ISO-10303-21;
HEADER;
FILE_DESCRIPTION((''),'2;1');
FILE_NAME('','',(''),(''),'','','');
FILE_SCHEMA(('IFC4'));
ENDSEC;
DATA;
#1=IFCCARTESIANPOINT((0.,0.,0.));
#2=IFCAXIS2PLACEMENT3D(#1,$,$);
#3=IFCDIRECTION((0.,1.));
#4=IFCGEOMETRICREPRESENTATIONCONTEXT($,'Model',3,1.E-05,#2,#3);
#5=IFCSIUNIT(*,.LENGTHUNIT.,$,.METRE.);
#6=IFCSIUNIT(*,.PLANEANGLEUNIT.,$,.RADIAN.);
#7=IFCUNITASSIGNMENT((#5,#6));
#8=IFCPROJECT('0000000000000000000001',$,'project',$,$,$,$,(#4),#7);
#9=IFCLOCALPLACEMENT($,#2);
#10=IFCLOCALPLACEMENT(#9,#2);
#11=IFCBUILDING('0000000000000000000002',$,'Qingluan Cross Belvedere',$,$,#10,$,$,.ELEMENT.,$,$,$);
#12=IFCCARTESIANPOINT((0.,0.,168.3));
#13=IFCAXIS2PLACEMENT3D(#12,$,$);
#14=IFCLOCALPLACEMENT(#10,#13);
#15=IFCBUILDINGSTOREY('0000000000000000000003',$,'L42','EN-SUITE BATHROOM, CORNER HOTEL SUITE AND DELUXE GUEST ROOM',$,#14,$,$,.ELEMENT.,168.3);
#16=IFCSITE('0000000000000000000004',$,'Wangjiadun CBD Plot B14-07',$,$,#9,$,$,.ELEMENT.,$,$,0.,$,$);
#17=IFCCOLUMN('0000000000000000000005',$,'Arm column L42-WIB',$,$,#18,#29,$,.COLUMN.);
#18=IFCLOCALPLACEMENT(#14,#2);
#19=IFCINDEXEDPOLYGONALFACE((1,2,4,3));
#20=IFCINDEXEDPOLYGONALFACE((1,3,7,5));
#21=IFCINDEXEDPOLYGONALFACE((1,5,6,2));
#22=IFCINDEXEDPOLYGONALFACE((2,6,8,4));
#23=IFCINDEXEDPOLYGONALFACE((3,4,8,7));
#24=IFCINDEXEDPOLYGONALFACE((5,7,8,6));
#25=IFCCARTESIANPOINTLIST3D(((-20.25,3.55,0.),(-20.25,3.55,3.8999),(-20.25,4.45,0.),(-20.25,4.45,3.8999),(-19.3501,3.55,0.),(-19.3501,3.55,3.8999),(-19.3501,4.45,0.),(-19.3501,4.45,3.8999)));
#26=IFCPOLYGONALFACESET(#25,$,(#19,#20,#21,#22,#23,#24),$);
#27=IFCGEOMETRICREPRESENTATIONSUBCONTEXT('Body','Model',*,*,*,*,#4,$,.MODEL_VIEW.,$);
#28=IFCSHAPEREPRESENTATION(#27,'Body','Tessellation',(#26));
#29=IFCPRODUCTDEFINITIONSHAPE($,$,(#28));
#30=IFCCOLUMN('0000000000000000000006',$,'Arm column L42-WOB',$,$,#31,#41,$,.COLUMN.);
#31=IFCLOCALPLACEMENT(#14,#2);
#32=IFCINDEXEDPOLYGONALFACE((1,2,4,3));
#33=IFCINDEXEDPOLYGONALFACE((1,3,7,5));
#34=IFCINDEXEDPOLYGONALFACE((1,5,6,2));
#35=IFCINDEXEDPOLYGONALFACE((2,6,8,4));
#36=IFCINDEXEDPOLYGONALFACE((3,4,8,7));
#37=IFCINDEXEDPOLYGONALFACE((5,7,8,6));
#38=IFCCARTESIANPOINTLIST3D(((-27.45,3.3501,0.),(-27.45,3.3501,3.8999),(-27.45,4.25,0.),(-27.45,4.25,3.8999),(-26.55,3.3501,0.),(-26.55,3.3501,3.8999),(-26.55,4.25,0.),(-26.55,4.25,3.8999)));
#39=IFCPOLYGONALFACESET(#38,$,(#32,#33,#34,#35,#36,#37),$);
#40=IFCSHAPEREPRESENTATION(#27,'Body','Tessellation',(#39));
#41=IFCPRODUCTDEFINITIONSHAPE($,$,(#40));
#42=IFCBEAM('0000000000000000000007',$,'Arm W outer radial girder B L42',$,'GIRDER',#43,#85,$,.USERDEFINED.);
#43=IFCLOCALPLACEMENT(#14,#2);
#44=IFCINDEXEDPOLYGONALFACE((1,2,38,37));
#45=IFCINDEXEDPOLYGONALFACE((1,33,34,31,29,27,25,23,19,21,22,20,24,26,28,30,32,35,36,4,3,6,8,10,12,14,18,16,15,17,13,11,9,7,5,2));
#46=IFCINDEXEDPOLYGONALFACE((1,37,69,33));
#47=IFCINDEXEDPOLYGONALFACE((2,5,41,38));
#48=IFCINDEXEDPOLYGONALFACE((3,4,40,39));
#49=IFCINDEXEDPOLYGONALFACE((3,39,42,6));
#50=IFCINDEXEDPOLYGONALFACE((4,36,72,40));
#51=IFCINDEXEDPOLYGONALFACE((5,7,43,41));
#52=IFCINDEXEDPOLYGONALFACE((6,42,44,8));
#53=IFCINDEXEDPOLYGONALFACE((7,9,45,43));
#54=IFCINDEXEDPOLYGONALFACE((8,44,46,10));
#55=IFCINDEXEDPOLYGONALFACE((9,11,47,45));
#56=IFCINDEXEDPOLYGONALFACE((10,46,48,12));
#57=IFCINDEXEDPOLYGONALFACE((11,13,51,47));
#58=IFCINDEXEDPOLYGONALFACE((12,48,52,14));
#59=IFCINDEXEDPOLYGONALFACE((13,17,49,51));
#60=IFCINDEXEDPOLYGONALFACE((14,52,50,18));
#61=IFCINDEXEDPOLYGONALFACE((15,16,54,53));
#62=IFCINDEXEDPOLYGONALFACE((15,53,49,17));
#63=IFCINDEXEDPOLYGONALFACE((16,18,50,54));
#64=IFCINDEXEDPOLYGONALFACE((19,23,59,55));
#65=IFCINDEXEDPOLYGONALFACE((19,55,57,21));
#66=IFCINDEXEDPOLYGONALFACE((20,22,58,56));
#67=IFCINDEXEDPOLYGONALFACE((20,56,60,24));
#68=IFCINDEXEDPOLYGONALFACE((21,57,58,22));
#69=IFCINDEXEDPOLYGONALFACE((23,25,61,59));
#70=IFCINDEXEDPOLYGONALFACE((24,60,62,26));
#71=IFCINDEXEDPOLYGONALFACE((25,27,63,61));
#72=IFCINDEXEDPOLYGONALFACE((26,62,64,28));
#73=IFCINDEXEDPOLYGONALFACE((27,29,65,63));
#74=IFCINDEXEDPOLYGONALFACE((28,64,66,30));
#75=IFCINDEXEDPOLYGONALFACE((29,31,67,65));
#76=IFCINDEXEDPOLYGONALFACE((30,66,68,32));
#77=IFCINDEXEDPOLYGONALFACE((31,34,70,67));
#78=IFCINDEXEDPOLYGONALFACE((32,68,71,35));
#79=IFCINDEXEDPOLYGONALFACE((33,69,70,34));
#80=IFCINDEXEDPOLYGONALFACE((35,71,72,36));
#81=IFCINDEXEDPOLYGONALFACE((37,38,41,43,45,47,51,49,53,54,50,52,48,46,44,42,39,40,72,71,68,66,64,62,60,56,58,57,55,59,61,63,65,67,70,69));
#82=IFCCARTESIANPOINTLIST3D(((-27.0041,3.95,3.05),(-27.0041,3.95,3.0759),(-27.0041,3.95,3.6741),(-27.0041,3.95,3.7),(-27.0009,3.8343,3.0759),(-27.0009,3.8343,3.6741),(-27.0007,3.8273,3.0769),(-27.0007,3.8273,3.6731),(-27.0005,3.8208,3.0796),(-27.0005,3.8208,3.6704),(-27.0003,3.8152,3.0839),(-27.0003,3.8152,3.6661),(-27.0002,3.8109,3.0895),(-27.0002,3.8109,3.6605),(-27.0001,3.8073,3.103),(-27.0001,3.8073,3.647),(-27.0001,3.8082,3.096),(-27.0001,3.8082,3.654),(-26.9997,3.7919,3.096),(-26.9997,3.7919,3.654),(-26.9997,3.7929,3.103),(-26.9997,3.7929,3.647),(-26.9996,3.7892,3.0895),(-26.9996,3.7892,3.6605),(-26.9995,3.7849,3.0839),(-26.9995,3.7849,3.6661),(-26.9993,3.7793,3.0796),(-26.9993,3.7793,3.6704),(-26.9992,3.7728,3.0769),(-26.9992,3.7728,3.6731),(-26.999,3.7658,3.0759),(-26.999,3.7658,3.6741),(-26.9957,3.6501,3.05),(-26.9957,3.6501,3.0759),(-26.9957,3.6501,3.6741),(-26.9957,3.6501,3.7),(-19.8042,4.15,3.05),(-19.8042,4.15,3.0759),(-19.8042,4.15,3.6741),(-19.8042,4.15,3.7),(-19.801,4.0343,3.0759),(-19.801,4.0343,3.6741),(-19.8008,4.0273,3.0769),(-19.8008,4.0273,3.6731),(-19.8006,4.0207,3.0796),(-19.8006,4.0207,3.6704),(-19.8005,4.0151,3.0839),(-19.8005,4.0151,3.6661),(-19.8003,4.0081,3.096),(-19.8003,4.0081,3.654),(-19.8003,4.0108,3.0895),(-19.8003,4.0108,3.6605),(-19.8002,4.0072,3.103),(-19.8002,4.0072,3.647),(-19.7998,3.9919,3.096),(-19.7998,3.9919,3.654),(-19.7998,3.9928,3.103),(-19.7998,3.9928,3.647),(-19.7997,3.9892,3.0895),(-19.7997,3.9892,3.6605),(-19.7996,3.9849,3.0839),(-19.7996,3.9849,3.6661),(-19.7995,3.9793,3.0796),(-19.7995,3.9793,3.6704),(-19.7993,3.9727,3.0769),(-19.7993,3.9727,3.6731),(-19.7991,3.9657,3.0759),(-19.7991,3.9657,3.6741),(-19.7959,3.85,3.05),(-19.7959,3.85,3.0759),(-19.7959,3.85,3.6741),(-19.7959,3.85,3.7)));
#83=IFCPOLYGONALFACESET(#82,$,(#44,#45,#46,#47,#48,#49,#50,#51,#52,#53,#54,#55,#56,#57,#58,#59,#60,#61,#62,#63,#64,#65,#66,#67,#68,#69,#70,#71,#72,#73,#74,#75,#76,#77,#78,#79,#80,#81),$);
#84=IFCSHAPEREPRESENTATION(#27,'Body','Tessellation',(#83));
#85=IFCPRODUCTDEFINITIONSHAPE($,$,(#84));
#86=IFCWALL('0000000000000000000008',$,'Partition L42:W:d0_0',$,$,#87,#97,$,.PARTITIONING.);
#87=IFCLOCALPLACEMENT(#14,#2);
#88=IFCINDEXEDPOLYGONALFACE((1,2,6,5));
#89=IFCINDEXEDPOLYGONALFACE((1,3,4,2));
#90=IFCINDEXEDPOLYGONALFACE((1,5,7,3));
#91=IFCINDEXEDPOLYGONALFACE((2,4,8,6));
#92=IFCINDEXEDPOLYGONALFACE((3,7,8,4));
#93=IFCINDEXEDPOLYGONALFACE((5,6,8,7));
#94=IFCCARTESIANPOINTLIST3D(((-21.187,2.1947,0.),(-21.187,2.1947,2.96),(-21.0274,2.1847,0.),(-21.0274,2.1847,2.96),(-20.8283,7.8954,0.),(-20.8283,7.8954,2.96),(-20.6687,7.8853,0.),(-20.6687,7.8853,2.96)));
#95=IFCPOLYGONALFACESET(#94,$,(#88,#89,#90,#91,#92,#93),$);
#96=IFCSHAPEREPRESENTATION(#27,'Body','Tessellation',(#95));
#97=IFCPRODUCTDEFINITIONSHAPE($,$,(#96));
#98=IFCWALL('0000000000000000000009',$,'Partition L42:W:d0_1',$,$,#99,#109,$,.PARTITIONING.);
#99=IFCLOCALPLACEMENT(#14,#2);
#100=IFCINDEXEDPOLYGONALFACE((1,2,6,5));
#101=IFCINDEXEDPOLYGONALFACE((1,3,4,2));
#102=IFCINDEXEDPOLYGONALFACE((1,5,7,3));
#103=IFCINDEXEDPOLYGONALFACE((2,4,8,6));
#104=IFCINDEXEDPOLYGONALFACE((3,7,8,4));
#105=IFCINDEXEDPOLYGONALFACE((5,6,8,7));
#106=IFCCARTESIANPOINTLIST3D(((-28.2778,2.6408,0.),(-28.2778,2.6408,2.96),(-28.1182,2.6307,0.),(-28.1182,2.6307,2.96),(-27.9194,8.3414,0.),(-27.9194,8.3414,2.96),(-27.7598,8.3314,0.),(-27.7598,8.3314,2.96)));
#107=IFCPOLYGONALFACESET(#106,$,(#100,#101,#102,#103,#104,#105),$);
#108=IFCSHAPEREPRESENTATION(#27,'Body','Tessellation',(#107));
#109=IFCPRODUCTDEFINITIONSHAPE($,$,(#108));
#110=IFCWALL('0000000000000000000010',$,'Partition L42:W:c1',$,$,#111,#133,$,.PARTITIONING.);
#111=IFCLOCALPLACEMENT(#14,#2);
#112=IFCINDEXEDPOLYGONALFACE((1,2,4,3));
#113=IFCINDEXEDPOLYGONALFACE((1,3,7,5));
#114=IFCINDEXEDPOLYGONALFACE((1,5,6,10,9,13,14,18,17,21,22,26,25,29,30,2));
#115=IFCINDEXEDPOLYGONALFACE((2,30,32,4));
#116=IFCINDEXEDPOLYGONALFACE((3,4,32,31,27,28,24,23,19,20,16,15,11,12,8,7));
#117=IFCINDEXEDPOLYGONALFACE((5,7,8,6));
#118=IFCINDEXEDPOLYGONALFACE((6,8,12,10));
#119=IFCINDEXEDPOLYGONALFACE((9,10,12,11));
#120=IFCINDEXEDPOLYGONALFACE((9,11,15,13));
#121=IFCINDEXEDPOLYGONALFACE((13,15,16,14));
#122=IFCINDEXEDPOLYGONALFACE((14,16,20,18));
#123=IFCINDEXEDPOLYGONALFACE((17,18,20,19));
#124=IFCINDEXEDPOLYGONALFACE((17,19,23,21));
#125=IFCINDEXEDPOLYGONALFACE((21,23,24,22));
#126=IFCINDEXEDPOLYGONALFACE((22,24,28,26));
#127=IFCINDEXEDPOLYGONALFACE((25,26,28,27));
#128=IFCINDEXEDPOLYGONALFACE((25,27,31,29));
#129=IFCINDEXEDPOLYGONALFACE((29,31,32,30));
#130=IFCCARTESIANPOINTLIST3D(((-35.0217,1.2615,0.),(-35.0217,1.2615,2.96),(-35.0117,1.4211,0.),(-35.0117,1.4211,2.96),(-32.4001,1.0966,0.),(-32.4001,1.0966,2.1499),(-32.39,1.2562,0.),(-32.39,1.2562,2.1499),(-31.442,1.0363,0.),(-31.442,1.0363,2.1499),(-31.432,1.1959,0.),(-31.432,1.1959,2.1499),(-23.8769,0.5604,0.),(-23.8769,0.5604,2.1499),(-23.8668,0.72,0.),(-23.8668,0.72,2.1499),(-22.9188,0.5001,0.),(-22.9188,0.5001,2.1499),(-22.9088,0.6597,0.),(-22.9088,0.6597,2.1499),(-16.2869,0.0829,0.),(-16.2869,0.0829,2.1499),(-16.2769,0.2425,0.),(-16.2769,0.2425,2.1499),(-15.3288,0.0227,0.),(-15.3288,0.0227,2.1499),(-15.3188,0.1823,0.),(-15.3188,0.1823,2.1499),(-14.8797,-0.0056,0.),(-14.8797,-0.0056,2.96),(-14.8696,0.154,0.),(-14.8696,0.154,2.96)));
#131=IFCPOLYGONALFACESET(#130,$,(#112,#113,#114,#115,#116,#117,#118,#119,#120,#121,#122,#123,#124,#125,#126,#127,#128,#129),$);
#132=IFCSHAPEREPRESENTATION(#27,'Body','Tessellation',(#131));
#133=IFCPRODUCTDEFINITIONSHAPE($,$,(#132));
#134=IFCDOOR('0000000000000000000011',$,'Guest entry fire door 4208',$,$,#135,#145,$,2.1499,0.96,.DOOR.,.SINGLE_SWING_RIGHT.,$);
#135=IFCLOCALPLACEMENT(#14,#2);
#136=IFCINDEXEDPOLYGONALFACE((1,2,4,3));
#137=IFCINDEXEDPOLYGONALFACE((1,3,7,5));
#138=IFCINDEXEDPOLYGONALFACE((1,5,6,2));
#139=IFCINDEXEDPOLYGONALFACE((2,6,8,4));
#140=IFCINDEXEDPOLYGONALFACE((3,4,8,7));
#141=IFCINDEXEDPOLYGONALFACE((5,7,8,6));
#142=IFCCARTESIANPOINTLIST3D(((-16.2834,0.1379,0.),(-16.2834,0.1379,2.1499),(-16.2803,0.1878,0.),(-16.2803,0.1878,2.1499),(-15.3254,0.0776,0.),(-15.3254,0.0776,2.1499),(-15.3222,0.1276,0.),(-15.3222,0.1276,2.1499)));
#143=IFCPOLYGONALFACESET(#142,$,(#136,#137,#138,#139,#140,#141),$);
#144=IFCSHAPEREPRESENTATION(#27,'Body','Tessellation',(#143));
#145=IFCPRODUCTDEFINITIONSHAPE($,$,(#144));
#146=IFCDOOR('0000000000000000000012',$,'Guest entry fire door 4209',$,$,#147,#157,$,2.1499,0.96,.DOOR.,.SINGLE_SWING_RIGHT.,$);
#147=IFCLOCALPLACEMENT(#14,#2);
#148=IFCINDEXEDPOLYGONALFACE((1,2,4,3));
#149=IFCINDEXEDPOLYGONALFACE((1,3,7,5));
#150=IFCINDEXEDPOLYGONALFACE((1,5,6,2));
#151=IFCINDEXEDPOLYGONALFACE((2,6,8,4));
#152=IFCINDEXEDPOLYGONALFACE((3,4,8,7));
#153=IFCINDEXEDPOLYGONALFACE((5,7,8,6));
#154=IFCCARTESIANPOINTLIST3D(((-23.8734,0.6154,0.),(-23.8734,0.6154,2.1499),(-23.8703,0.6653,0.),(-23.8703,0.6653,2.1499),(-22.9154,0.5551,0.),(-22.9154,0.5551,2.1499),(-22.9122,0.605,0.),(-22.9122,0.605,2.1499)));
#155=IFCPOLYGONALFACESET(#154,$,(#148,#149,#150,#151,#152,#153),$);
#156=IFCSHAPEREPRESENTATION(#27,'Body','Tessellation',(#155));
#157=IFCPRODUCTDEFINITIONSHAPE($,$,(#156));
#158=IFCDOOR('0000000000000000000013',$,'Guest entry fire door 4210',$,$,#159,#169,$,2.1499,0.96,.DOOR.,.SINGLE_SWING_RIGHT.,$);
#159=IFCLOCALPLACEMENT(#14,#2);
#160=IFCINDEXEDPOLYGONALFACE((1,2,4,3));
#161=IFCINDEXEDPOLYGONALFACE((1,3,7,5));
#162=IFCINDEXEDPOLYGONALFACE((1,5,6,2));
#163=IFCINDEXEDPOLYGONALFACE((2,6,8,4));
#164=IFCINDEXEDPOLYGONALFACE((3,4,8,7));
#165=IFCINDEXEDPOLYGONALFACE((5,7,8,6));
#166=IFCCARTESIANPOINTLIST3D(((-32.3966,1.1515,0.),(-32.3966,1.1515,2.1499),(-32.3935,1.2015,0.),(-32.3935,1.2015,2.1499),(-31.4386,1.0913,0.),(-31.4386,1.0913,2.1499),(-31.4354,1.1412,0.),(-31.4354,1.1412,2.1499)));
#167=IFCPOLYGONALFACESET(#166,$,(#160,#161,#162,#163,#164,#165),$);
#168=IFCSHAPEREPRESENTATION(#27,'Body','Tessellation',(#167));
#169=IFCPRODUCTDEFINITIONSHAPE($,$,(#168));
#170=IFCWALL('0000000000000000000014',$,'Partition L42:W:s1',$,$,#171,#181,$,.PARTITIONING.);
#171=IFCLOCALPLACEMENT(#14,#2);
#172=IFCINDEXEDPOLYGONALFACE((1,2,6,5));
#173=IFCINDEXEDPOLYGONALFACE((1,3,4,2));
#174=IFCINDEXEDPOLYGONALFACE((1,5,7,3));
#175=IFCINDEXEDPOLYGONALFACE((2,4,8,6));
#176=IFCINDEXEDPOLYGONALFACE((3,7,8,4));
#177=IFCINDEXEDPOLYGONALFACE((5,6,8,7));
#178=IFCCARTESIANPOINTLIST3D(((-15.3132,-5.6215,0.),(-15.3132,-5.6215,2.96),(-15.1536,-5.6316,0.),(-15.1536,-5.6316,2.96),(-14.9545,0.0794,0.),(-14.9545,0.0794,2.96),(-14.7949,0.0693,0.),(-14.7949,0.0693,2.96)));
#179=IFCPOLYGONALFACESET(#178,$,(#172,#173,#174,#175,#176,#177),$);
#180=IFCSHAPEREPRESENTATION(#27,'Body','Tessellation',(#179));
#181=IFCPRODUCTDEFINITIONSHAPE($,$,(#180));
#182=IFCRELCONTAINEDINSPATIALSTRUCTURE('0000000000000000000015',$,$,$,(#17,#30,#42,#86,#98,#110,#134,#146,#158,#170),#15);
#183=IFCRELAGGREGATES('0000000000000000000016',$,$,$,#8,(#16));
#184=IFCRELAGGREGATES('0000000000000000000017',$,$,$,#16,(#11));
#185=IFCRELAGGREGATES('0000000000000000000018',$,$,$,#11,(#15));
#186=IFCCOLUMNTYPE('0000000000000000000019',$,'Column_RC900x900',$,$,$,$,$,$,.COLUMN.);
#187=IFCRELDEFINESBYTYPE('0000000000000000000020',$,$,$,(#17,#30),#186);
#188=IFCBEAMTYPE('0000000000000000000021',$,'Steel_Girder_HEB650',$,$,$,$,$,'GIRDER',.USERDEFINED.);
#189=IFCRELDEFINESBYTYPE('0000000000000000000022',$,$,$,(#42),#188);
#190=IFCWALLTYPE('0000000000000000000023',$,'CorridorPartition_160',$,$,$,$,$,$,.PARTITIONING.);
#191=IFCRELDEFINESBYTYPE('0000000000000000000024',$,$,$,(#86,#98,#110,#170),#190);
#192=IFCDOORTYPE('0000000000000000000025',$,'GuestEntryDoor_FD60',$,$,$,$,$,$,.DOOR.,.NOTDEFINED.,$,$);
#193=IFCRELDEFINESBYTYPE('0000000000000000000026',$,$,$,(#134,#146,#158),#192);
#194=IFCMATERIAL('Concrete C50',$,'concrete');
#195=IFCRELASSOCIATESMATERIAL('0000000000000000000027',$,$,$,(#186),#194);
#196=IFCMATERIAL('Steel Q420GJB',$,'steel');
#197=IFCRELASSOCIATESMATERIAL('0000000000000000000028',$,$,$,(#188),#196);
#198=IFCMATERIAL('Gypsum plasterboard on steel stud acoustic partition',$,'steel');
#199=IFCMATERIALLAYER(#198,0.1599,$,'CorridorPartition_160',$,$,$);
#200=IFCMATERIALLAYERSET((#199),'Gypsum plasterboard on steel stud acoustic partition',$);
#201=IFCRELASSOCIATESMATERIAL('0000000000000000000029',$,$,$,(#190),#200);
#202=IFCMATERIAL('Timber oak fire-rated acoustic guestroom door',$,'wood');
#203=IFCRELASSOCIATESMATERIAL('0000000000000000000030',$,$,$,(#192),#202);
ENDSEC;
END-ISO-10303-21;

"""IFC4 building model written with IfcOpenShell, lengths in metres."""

from ifc_helpers import new_model, si_unit, direction, frame, frame_2d, origin, origin_2d, place, context, subcontext, project, spatial, rectangle, i_section, extrude, material, layer, layer_set, material_profile, profile_set, type_object, element, fill, save


model = new_model("IFC4")

# Units and contexts
model_context = context("Model", 3, precision=1e-05, world=origin(), true_north=direction((0.0, 1.0)))
body_context = subcontext(model_context, "Body", "Model", "MODEL_VIEW")
ifc_project = project(units=[si_unit("LENGTHUNIT", "METRE"), si_unit("PLANEANGLEUNIT", "RADIAN")], contexts=[model_context])

# Site, building, storey
site_placement = place(None, origin())
site = spatial("IfcSite", under=ifc_project, at=site_placement, Name="Wangjiadun CBD Plot B14-07", CompositionType="ELEMENT", RefElevation=0.0)
building_placement = place(site_placement, origin())
building = spatial("IfcBuilding", under=site, at=building_placement, Name="Qingluan Cross Belvedere", CompositionType="ELEMENT")
storey_placement = place(building_placement, frame((0.0, 0.0, 168.3)))
storey = spatial("IfcBuildingStorey", under=building, at=storey_placement, Name="L42", Description="EN-SUITE BATHROOM, CORNER HOTEL SUITE AND DELUXE GUEST ROOM", CompositionType="ELEMENT", Elevation=168.3)

# Columns
ifc_material_1 = material(Name="Concrete C50", Category="concrete")
ifc_material_profile_1 = material_profile(ifc_material_1, rectangle(XDim=0.8999, YDim=0.8999, at=origin_2d()), Name="RC900x900")
ifc_profile_set_1 = profile_set([ifc_material_profile_1], Name="Concrete C50")
column_type = type_object("IfcColumnType", Name="Column_RC900x900", PredefinedType="COLUMN", material=ifc_profile_set_1)
for number, where, z_axis, x_axis, name in (
    (1, (-19.8, 4.0, 0.0), (0.0, 0.0, 1.0), (1.0, 0.0, 0.0), "Arm column L42-WIB"),
    (2, (-27.0, 3.8, 0.0), (0.0, 0.0, 1.0), (1.0, 0.0, 0.0), "Arm column L42-WOB"),
):
    element("IfcColumn", number, at=place(storey_placement, frame(where, z_axis=z_axis, x_axis=x_axis)), inside=storey, type_object=column_type, Name=name, PredefinedType="COLUMN", context=body_context, shape_type="SweptSolid", body=[
        extrude(rectangle(XDim=0.8999, YDim=0.8999, at=origin_2d()), origin(), (0.0, 0.0, 1.0), 3.8999),
    ])

# Beam
ifc_material_2 = material(Name="Steel Q420GJB", Category="steel")
ifc_material_profile_2 = material_profile(ifc_material_2, i_section(OverallWidth=0.3, OverallDepth=0.6499, WebThickness=0.0144, FlangeThickness=0.0259, FilletRadius=0.0271, at=origin_2d()), Name="HEB650")
ifc_profile_set_2 = profile_set([ifc_material_profile_2], Name="Steel Q420GJB")
beam_type = type_object("IfcBeamType", Name="Steel_Girder_HEB650", ElementType="GIRDER", PredefinedType="USERDEFINED", material=ifc_profile_set_2)
beam_placement = place(storey_placement, frame((-19.8, 4.0, 3.375), z_axis=(-0.999615, -0.02776, 0.0), x_axis=(0.02776, -0.999615, 0.0)))
element("IfcBeam", 3, at=beam_placement, inside=storey, type_object=beam_type, Name="Arm W outer radial girder B L42", ObjectType="GIRDER", PredefinedType="USERDEFINED", context=body_context, shape_type="SweptSolid", body=[
    extrude(i_section(OverallWidth=0.3, OverallDepth=0.6499, WebThickness=0.0144, FlangeThickness=0.0259, FilletRadius=0.0271, at=origin_2d()), origin(), (0.0, 0.0, 1.0), 7.2026),
])

# Walls
ifc_material_3 = material(Name="Gypsum plasterboard on steel stud acoustic partition", Category="steel")
ifc_layer_1 = layer(ifc_material_3, 0.1599, Name="CorridorPartition_160")
ifc_layer_set_1 = layer_set([ifc_layer_1], Name="Gypsum plasterboard on steel stud acoustic partition")
wall_type_1 = type_object("IfcWallType", Name="CorridorPartition_160", PredefinedType="PARTITIONING", material=ifc_layer_set_1)
for number, where, z_axis, x_axis, name in (
    (4, (-21.1072, 2.1897, 0.0), (0.0, 0.0, 1.0), (0.062788, 0.998027, 0.0), "Partition L42:W:d0_0"),
    (5, (-28.198, 2.6357, 0.0), (0.0, 0.0, 1.0), (0.062745, 0.99803, 0.0), "Partition L42:W:d0_1"),
):
    element("IfcWall", number, at=place(storey_placement, frame(where, z_axis=z_axis, x_axis=x_axis)), inside=storey, type_object=wall_type_1, Name=name, PredefinedType="PARTITIONING", context=body_context, shape_type="SweptSolid", body=[
        extrude(rectangle(XDim=5.7119, YDim=0.1599, at=frame_2d((2.856, 0.0))), origin(), (0.0, 0.0, 1.0), 2.96),
    ])

# Wall, openings, doors
wall_1_placement = place(storey_placement, frame((-14.8748, 0.0742, 0.0), z_axis=(0.0, 0.0, 1.0), x_axis=(-0.998027, 0.062783, 0.0)))
wall_1 = element("IfcWall", 6, at=wall_1_placement, inside=storey, type_object=wall_type_1, Name="Partition L42:W:c1", PredefinedType="PARTITIONING", context=body_context, shape_type="SweptSolid", body=[
    extrude(rectangle(XDim=20.1819, YDim=0.1599, at=frame_2d((10.0908, 0.0))), origin(), (0.0, 0.0, 1.0), 2.96),
])
opening_1_placement = place(wall_1_placement, frame((0.45, 0.0, 0.0)))
opening_1 = element("IfcOpeningElement", 7, at=opening_1_placement, cuts=wall_1, PredefinedType="OPENING", context=body_context, shape_type="SweptSolid", body=[
    extrude(rectangle(XDim=0.96, YDim=2.1499, at=frame_2d((0.48, 1.075))), frame((0.0, 0.0898, 0.0), z_axis=(0.0, -1.0, 0.0), x_axis=(1.0, 0.0, 0.0)), (0.0, 0.0, 1.0), 0.1799),
])
opening_2_placement = place(wall_1_placement, frame((8.0549, 0.0, 0.0)))
opening_2 = element("IfcOpeningElement", 8, at=opening_2_placement, cuts=wall_1, PredefinedType="OPENING", context=body_context, shape_type="SweptSolid", body=[
    extrude(rectangle(XDim=0.96, YDim=2.1499, at=frame_2d((0.48, 1.075))), frame((0.0, 0.0898, 0.0), z_axis=(0.0, -1.0, 0.0), x_axis=(1.0, 0.0, 0.0)), (0.0, 0.0, 1.0), 0.1799),
])
opening_3_placement = place(wall_1_placement, frame((16.595, 0.0, 0.0)))
opening_3 = element("IfcOpeningElement", 9, at=opening_3_placement, cuts=wall_1, PredefinedType="OPENING", context=body_context, shape_type="SweptSolid", body=[
    extrude(rectangle(XDim=0.96, YDim=2.1499, at=frame_2d((0.48, 1.075))), frame((0.0, 0.0898, 0.0), z_axis=(0.0, -1.0, 0.0), x_axis=(1.0, 0.0, 0.0)), (0.0, 0.0, 1.0), 0.1799),
])
ifc_material_4 = material(Name="Timber oak fire-rated acoustic guestroom door", Category="wood")
door_type_1 = type_object("IfcDoorType", Name="GuestEntryDoor_FD60", OperationType="NOTDEFINED", PredefinedType="DOOR", material=ifc_material_4)
door_1_placement = place(opening_1_placement, origin())
door_1 = element("IfcDoor", 10, at=door_1_placement, inside=storey, type_object=door_type_1, Name="Guest entry fire door 4208", OperationType="SINGLE_SWING_RIGHT", OverallHeight=2.1499, OverallWidth=0.96, PredefinedType="DOOR", context=body_context, shape_type="SweptSolid", body=[
    extrude(rectangle(XDim=0.96, YDim=2.1499, at=frame_2d((0.48, 1.075))), frame((0.0, 0.0249, 0.0), z_axis=(0.0, -1.0, 0.0), x_axis=(1.0, 0.0, 0.0)), (0.0, 0.0, 1.0), 0.05),
])
fill(opening_1, door_1)
door_2_placement = place(opening_2_placement, origin())
door_2 = element("IfcDoor", 11, at=door_2_placement, inside=storey, type_object=door_type_1, Name="Guest entry fire door 4209", OperationType="SINGLE_SWING_RIGHT", OverallHeight=2.1499, OverallWidth=0.96, PredefinedType="DOOR", context=body_context, shape_type="SweptSolid", body=[
    extrude(rectangle(XDim=0.96, YDim=2.1499, at=frame_2d((0.48, 1.075))), frame((0.0, 0.0249, 0.0), z_axis=(0.0, -1.0, 0.0), x_axis=(1.0, 0.0, 0.0)), (0.0, 0.0, 1.0), 0.05),
])
fill(opening_2, door_2)
door_3_placement = place(opening_3_placement, origin())
door_3 = element("IfcDoor", 12, at=door_3_placement, inside=storey, type_object=door_type_1, Name="Guest entry fire door 4210", OperationType="SINGLE_SWING_RIGHT", OverallHeight=2.1499, OverallWidth=0.96, PredefinedType="DOOR", context=body_context, shape_type="SweptSolid", body=[
    extrude(rectangle(XDim=0.96, YDim=2.1499, at=frame_2d((0.48, 1.075))), frame((0.0, 0.0249, 0.0), z_axis=(0.0, -1.0, 0.0), x_axis=(1.0, 0.0, 0.0)), (0.0, 0.0, 1.0), 0.05),
])
fill(opening_3, door_3)

# Wall
wall_2_placement = place(storey_placement, frame((-14.8748, 0.0742, 0.0), z_axis=(0.0, 0.0, 1.0), x_axis=(-0.062785, -0.998027, 0.0)))
element("IfcWall", 13, at=wall_2_placement, inside=storey, type_object=wall_type_1, Name="Partition L42:W:s1", PredefinedType="PARTITIONING", context=body_context, shape_type="SweptSolid", body=[
    extrude(rectangle(XDim=5.7122, YDim=0.1599, at=frame_2d((2.856, 0.0))), origin(), (0.0, 0.0, 1.0), 2.96),
])

save(model, "model.ifc")
